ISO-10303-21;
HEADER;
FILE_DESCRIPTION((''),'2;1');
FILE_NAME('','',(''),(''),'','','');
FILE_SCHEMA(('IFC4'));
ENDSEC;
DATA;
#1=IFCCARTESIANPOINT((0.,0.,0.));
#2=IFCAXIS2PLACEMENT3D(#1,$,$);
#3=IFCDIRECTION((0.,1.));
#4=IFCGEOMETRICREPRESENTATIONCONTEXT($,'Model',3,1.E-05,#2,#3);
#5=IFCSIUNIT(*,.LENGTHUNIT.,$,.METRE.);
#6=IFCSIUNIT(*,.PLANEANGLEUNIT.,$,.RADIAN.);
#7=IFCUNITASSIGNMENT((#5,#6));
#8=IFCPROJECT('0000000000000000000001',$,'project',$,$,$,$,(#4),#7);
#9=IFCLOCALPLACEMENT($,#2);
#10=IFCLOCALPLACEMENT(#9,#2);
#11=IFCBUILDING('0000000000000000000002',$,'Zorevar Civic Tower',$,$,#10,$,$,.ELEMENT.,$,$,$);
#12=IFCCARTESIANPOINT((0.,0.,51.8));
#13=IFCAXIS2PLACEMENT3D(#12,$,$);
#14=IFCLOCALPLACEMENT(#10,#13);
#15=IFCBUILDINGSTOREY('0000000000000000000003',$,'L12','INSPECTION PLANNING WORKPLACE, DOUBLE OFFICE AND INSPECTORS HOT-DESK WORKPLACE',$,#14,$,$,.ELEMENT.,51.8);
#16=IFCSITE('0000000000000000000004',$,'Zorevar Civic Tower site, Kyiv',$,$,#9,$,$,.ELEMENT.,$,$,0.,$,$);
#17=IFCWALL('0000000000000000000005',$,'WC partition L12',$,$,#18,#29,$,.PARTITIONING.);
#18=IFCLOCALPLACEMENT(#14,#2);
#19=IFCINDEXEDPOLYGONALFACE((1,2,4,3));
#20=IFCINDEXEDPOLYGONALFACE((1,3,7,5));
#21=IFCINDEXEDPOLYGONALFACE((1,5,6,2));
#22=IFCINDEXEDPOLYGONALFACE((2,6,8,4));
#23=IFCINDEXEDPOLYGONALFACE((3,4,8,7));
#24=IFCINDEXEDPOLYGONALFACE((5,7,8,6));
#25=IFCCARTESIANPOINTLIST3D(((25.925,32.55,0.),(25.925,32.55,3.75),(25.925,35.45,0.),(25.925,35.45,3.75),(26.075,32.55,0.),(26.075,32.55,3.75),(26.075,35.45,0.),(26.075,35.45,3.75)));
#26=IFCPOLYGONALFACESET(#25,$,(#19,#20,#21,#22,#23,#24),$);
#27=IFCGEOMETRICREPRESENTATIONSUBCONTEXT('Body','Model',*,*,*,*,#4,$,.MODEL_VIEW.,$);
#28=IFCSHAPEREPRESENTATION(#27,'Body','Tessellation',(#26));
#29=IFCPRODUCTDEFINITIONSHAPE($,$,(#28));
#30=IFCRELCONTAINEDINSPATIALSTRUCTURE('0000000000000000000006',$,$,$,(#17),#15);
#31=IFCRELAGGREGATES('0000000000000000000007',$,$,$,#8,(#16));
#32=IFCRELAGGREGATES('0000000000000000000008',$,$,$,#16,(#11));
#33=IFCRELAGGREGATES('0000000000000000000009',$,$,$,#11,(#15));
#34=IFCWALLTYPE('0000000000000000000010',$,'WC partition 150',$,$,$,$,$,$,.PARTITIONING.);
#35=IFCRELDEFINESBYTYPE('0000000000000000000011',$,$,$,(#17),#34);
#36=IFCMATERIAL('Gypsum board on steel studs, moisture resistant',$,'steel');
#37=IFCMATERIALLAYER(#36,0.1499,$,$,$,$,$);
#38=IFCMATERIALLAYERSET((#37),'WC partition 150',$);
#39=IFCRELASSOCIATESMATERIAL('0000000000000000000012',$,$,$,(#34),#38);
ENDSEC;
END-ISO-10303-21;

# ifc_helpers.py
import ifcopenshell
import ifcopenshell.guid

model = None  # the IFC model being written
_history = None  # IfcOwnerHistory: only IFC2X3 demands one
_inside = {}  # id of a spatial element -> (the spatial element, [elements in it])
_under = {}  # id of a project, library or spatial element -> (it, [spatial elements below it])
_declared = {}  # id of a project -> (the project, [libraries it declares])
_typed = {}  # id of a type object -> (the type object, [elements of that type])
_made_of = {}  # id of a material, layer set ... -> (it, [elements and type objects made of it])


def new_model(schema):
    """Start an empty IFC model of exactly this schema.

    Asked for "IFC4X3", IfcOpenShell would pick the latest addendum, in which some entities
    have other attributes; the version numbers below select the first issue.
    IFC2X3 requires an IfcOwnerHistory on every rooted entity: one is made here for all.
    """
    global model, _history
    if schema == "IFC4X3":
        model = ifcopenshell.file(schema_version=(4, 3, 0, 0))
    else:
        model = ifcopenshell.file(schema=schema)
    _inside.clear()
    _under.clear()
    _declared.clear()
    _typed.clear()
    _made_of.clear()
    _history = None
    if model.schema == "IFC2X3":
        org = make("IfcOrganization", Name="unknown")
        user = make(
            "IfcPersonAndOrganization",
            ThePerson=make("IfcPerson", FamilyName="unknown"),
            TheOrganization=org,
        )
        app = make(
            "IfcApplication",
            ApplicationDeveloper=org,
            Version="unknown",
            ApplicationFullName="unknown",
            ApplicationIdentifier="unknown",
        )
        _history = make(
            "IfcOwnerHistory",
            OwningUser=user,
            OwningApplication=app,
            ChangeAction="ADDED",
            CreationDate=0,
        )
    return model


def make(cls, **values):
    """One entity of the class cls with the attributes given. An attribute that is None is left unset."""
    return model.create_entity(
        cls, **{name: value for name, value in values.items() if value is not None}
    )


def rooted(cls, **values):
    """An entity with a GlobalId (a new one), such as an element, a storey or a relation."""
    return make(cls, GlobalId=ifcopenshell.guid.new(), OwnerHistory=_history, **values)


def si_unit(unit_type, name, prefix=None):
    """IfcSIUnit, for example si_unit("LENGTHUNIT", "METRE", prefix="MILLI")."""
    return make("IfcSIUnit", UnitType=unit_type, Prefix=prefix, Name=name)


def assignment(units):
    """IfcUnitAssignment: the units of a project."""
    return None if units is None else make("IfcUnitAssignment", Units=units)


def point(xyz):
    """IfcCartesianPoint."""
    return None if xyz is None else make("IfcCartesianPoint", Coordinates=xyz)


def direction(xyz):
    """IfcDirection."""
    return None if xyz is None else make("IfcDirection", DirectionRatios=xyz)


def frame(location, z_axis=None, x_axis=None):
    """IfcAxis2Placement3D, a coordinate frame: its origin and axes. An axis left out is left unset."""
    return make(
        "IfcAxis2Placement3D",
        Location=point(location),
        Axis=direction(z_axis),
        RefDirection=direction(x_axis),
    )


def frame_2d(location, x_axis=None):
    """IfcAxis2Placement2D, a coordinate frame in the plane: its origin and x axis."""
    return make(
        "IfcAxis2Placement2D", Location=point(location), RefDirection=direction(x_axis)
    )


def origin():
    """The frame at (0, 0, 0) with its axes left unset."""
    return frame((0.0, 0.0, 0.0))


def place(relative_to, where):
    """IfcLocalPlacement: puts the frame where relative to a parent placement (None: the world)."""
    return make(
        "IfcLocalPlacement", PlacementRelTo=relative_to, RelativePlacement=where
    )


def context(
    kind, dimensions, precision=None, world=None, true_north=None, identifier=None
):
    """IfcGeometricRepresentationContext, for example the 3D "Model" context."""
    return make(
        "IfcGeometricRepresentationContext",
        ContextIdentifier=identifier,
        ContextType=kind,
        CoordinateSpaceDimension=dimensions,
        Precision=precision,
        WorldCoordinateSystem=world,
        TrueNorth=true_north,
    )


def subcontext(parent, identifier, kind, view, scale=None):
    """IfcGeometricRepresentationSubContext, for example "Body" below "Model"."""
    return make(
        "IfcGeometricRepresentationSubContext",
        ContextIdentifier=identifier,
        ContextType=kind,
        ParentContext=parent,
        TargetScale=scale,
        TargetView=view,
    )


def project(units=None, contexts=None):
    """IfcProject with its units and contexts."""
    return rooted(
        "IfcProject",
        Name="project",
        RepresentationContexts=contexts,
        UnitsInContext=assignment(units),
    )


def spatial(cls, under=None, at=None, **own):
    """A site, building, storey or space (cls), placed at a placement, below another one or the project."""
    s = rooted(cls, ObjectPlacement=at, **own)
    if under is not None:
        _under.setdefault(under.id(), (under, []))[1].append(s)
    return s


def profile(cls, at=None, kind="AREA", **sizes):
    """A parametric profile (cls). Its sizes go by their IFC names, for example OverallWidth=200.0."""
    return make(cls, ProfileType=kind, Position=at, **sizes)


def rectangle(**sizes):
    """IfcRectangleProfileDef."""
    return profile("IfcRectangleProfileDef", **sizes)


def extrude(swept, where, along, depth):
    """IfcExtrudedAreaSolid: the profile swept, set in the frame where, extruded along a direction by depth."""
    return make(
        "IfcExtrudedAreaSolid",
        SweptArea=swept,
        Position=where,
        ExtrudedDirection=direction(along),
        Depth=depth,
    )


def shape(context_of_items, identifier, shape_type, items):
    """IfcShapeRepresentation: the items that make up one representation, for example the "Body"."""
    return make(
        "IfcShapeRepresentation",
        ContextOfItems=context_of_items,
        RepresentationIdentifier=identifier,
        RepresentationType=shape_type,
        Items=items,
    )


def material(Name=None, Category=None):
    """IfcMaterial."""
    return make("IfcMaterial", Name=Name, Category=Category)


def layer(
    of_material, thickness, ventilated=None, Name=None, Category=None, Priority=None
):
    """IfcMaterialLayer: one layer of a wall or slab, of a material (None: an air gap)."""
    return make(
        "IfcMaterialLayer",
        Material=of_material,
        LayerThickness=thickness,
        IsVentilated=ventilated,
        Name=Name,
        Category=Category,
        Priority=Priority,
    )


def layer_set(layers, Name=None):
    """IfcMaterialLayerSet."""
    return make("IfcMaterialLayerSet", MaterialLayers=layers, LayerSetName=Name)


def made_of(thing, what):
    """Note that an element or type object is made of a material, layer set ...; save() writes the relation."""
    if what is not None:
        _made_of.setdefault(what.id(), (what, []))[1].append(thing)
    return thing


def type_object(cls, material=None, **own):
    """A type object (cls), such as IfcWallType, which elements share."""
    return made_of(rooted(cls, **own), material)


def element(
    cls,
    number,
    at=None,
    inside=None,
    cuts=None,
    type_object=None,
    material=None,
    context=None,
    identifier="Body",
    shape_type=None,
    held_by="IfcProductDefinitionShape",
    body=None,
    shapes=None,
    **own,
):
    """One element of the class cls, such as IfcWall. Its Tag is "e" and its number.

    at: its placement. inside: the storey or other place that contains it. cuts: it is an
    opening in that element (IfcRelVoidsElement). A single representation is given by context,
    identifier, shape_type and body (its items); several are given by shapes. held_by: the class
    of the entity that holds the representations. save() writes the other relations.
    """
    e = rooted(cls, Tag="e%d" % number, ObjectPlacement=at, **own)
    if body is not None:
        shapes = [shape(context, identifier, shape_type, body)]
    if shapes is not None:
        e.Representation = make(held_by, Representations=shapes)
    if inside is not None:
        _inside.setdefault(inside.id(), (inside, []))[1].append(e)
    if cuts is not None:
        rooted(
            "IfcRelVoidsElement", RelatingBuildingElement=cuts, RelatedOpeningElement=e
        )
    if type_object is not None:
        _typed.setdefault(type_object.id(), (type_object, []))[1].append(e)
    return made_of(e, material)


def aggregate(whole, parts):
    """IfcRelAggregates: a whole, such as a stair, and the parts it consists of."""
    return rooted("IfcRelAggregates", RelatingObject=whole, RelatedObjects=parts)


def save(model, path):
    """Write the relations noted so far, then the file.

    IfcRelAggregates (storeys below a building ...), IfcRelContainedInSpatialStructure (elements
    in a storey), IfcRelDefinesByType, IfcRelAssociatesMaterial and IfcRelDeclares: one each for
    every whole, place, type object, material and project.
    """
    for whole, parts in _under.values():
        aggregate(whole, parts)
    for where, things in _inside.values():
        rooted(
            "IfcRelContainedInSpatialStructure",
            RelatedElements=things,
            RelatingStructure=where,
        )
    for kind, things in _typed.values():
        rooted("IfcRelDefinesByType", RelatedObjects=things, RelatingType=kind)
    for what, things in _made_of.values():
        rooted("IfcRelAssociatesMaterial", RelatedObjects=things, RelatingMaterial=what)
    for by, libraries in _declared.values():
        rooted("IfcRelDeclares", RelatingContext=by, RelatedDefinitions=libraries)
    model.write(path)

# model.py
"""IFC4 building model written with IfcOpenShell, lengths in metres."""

from ifc_helpers import new_model, si_unit, direction, frame, frame_2d, origin, place, context, subcontext, project, spatial, rectangle, extrude, material, layer, layer_set, type_object, element, save


model = new_model("IFC4")

# Units and contexts
model_context = context("Model", 3, precision=1e-05, world=origin(), true_north=direction((0.0, 1.0)))
body_context = subcontext(model_context, "Body", "Model", "MODEL_VIEW")
ifc_project = project(units=[si_unit("LENGTHUNIT", "METRE"), si_unit("PLANEANGLEUNIT", "RADIAN")], contexts=[model_context])

# Site, building, storey
site_placement = place(None, origin())
site = spatial("IfcSite", under=ifc_project, at=site_placement, Name="Zorevar Civic Tower site, Kyiv", CompositionType="ELEMENT", RefElevation=0.0)
building_placement = place(site_placement, origin())
building = spatial("IfcBuilding", under=site, at=building_placement, Name="Zorevar Civic Tower", CompositionType="ELEMENT")
storey_placement = place(building_placement, frame((0.0, 0.0, 51.8)))
storey = spatial("IfcBuildingStorey", under=building, at=storey_placement, Name="L12", Description="INSPECTION PLANNING WORKPLACE, DOUBLE OFFICE AND INSPECTORS HOT-DESK WORKPLACE", CompositionType="ELEMENT", Elevation=51.8)

# Wall
ifc_material_1 = material(Name="Gypsum board on steel studs, moisture resistant", Category="steel")
ifc_layer_1 = layer(ifc_material_1, 0.1499)
ifc_layer_set_1 = layer_set([ifc_layer_1], Name="WC partition 150")
wall_type_1 = type_object("IfcWallType", Name="WC partition 150", PredefinedType="PARTITIONING", material=ifc_layer_set_1)
wall_1_placement = place(storey_placement, frame((26.0, 32.55, 0.0), z_axis=(0.0, 0.0, 1.0), x_axis=(0.0, 1.0, 0.0)))
element("IfcWall", 1, at=wall_1_placement, inside=storey, type_object=wall_type_1, Name="WC partition L12", PredefinedType="PARTITIONING", context=body_context, shape_type="SweptSolid", body=[
    extrude(rectangle(XDim=2.8999, YDim=0.1499, at=frame_2d((1.45, 0.0))), origin(), (0.0, 0.0, 1.0), 3.75),
])

save(model, "model.ifc")
